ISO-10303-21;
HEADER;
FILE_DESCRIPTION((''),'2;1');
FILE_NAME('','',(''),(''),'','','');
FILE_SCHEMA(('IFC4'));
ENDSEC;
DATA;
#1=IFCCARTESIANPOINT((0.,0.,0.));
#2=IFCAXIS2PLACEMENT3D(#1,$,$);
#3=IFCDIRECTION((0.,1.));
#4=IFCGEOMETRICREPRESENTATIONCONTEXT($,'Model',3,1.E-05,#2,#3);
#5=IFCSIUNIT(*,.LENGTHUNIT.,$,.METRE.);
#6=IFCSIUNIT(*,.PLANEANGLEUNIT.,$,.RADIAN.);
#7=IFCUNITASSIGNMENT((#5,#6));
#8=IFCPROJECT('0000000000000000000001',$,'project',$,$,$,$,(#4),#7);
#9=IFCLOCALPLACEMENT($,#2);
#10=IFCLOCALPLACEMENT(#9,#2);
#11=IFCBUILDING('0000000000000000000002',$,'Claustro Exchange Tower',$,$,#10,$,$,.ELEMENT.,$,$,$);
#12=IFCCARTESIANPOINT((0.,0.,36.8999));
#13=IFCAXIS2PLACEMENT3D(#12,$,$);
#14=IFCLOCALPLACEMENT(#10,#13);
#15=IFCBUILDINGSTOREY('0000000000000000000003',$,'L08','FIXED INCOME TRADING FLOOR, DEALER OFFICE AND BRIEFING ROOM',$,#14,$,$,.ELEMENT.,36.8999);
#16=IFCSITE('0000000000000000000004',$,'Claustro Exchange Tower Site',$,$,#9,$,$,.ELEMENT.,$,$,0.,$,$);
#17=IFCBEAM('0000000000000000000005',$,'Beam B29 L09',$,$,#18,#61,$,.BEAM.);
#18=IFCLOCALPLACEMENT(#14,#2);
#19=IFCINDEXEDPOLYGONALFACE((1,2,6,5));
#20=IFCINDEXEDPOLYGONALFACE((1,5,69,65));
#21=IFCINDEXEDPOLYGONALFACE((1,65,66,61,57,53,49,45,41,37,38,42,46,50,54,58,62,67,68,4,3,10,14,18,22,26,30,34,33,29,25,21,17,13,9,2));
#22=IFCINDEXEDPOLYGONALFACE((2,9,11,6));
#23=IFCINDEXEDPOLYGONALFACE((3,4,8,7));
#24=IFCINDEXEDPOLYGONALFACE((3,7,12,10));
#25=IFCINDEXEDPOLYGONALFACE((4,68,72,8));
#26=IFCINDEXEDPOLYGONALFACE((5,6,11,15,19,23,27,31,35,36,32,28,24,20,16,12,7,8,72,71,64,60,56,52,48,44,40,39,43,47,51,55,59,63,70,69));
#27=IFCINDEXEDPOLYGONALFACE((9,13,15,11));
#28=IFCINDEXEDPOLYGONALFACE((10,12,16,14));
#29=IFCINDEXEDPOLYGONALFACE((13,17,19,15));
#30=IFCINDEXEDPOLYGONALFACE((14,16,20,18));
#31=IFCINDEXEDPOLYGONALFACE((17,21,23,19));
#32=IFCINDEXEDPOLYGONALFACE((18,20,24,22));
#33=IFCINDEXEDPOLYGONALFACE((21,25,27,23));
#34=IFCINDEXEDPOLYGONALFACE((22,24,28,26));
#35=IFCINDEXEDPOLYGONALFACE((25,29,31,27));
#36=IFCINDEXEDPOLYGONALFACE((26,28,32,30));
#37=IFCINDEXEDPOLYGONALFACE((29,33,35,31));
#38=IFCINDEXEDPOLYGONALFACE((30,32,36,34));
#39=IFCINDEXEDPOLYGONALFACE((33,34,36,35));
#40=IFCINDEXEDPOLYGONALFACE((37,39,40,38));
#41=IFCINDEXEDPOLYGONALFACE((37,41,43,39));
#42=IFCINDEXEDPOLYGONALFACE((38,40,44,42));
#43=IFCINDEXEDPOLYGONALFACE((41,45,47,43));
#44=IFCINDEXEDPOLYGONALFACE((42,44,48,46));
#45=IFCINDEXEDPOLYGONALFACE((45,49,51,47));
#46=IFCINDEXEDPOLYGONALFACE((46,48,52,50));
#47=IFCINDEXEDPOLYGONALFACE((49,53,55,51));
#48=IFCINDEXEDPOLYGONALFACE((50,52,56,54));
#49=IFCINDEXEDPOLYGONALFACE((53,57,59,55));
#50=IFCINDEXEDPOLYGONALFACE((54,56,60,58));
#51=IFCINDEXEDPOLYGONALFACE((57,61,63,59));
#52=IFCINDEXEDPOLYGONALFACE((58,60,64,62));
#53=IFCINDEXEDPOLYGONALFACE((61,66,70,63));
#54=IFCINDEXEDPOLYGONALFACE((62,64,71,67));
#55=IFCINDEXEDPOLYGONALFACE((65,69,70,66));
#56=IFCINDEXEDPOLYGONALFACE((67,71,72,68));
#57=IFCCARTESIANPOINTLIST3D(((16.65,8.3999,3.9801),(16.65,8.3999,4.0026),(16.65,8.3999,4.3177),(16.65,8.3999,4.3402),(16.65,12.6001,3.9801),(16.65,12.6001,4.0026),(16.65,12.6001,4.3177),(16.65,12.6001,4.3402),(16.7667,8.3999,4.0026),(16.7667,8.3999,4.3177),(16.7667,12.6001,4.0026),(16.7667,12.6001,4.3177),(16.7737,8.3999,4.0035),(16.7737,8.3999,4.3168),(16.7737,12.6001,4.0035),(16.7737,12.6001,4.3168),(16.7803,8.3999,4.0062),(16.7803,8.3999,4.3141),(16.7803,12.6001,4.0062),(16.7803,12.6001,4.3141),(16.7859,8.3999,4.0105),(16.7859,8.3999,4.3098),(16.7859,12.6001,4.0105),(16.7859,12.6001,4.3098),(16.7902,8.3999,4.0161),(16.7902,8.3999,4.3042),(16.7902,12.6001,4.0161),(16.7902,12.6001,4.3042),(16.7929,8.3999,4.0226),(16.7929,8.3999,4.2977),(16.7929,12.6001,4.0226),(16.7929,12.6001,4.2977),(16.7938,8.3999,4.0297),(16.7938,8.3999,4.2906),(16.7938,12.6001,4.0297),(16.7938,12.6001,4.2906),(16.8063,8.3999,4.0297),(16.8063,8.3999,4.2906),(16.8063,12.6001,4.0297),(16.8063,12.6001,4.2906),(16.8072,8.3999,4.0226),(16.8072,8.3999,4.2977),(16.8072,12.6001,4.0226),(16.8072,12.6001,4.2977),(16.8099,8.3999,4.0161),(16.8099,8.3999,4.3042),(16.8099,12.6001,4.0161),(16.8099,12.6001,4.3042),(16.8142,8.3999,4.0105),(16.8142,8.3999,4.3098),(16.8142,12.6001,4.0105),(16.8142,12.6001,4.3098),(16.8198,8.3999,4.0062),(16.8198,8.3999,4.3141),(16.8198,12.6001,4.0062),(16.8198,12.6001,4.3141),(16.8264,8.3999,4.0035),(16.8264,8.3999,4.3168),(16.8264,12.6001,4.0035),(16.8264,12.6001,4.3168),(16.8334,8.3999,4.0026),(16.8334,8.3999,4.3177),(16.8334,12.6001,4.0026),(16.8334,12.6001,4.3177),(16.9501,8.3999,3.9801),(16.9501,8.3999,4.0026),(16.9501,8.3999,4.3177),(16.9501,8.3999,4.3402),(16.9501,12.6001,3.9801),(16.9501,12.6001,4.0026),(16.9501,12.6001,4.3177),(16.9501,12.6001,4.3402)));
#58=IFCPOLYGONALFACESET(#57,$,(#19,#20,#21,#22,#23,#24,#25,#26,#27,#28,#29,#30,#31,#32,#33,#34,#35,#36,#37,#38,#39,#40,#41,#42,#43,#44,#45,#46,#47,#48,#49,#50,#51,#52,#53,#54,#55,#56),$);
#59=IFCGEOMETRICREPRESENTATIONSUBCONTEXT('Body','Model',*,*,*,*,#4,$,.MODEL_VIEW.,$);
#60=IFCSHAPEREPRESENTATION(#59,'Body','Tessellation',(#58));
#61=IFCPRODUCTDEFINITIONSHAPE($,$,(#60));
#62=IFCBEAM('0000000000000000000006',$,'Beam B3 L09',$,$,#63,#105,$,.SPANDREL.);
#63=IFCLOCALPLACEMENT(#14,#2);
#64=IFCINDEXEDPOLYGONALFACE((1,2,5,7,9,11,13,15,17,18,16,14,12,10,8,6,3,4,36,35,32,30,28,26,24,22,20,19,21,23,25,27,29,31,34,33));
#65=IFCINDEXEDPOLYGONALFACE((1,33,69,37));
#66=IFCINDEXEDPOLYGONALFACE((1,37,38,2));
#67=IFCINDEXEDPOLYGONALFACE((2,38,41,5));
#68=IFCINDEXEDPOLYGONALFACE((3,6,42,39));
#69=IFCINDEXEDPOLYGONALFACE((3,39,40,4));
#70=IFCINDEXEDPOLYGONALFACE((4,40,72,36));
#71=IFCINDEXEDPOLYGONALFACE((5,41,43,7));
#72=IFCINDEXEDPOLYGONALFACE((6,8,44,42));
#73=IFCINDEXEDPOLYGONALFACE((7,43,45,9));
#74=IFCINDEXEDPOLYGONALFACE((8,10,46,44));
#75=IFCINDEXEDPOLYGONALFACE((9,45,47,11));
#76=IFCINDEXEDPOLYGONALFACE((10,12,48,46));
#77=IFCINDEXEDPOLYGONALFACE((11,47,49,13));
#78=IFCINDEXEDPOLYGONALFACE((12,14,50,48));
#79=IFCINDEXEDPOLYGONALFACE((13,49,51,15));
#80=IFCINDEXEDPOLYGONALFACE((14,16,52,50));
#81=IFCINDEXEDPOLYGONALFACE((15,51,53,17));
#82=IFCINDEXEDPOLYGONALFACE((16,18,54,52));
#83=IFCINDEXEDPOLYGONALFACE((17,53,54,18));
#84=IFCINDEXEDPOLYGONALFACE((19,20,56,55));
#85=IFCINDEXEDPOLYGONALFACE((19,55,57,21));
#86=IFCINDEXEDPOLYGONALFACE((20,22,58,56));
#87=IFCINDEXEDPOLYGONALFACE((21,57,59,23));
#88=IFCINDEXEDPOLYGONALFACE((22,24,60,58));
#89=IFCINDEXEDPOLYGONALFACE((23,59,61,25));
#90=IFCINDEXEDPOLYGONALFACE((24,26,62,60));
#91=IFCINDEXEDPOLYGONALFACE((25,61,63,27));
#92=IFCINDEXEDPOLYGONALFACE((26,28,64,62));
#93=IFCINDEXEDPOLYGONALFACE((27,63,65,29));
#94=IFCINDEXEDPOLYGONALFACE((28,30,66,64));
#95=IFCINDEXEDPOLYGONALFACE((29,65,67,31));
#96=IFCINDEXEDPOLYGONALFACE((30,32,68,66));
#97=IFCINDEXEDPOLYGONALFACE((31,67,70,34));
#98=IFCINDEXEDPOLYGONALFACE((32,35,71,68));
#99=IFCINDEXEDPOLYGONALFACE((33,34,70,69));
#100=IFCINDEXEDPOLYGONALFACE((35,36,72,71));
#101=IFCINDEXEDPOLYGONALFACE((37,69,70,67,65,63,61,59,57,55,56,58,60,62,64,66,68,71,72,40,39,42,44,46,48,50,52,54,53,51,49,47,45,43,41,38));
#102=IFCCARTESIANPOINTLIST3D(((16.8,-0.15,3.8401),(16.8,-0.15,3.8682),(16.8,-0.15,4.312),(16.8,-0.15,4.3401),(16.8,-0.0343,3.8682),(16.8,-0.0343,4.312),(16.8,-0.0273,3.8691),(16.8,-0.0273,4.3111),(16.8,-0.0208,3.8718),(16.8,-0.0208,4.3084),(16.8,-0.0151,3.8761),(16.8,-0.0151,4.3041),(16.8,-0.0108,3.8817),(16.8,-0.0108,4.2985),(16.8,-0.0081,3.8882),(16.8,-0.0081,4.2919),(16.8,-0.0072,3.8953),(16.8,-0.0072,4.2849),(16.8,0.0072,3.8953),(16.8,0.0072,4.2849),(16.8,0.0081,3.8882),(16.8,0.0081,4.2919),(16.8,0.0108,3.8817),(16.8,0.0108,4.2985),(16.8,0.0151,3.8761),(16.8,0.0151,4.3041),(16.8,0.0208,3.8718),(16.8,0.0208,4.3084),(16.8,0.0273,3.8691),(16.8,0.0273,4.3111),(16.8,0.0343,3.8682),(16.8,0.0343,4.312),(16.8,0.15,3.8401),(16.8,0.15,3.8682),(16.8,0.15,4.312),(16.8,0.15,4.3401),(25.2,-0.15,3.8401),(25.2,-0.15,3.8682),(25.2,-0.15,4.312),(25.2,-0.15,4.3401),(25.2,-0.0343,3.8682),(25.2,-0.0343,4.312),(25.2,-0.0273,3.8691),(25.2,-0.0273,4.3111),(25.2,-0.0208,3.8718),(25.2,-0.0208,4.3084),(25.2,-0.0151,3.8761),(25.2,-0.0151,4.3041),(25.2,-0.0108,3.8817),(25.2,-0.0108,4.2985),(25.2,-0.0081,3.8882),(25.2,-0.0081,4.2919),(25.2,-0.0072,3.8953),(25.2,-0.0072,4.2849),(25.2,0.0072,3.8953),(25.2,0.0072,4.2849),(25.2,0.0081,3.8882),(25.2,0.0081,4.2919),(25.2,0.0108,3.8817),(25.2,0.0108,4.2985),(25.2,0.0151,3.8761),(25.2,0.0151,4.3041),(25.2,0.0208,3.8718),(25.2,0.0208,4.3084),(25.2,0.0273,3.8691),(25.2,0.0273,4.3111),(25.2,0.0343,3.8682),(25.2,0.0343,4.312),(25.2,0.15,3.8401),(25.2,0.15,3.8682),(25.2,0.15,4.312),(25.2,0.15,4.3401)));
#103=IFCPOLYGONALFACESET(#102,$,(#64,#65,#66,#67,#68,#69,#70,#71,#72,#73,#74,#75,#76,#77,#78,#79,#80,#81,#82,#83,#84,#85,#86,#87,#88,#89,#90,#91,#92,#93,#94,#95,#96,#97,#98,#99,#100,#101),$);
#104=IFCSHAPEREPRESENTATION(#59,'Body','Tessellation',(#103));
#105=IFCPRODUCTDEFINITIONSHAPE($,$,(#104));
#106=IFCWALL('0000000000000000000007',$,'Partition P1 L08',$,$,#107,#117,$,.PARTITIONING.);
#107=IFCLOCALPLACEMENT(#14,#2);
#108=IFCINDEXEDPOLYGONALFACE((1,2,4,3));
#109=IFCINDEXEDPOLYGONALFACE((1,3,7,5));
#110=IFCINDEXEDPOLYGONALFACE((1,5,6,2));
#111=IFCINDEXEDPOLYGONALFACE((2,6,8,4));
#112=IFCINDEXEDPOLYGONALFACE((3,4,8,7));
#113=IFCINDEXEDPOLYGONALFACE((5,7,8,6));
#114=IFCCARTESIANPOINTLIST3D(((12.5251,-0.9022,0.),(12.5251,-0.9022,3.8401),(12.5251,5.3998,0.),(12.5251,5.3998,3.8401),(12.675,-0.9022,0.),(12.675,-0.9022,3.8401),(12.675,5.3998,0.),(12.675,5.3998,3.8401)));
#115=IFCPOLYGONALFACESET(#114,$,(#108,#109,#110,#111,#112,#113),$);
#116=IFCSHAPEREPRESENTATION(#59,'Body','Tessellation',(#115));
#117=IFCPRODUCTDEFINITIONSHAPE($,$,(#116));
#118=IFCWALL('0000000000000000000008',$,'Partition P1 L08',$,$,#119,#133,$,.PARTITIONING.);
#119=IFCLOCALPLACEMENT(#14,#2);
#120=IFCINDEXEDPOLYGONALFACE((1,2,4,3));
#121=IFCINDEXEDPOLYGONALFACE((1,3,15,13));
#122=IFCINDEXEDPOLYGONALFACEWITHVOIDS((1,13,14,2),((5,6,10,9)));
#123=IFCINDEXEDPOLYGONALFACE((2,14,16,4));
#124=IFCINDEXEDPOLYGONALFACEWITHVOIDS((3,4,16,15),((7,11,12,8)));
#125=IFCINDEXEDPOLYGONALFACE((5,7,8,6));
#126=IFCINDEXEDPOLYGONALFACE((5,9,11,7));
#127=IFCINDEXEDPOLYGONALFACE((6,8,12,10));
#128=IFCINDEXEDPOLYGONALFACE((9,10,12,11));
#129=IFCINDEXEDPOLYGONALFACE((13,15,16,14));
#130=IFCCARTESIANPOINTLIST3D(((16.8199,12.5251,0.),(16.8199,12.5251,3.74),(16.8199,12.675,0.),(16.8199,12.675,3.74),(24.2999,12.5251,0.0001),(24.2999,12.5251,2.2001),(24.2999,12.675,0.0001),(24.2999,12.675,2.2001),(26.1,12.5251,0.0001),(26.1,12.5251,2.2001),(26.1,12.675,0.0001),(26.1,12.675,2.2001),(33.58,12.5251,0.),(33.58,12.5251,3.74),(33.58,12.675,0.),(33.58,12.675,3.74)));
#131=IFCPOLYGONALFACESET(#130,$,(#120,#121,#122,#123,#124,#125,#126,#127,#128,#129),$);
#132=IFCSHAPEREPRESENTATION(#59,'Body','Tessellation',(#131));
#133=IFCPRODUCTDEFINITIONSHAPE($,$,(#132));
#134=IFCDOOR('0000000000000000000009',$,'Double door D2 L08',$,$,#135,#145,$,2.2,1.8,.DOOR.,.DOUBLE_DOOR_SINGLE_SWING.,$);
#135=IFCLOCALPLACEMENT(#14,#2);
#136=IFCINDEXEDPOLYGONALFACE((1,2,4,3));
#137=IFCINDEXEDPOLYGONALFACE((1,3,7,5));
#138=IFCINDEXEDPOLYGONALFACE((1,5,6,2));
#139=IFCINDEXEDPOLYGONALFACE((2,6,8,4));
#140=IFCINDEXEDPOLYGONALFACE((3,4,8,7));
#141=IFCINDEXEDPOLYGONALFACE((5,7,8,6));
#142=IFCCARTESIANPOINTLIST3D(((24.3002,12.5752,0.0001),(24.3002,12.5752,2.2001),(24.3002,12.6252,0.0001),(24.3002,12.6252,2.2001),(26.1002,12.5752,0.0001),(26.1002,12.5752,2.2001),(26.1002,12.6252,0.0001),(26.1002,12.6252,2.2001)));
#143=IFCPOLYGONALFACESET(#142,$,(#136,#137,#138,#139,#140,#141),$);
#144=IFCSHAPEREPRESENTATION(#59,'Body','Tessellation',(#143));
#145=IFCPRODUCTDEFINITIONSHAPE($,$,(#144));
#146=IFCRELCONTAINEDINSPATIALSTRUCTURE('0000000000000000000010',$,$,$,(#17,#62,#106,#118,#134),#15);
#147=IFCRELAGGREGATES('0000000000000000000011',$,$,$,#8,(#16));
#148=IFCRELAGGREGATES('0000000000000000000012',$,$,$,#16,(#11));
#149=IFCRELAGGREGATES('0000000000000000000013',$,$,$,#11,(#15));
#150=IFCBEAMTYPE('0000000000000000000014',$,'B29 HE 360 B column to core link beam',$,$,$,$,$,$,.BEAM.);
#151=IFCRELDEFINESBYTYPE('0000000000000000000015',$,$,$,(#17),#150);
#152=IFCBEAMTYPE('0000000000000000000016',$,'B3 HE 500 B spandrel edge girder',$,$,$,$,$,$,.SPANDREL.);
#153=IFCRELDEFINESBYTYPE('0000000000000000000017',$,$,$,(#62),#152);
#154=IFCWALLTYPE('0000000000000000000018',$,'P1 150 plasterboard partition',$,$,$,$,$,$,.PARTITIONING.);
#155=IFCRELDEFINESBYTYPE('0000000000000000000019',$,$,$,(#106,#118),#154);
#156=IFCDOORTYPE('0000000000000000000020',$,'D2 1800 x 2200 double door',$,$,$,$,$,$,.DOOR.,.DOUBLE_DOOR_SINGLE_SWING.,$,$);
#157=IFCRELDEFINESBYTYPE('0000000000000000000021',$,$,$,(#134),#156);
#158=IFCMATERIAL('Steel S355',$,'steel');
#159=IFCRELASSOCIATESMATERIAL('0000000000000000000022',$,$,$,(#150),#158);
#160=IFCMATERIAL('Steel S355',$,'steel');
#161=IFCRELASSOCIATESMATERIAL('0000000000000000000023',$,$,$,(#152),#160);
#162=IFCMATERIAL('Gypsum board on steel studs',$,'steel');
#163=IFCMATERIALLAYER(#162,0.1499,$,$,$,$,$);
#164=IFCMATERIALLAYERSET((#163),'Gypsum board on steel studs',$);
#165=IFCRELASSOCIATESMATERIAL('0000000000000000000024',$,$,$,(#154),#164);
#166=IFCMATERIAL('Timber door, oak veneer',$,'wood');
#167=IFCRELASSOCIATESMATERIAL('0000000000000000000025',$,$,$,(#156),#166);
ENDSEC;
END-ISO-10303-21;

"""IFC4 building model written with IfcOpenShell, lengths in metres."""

from ifc_helpers import new_model, si_unit, direction, frame, frame_2d, origin, origin_2d, place, context, subcontext, project, spatial, rectangle, i_section, extrude, material, layer, layer_set, material_profile, profile_set, type_object, element, fill, save


model = new_model("IFC4")

# Units and contexts
model_context = context("Model", 3, precision=1e-05, world=origin(), true_north=direction((0.0, 1.0)))
body_context = subcontext(model_context, "Body", "Model", "MODEL_VIEW")
ifc_project = project(units=[si_unit("LENGTHUNIT", "METRE"), si_unit("PLANEANGLEUNIT", "RADIAN")], contexts=[model_context])

# Site, building, storey
site_placement = place(None, origin())
site = spatial("IfcSite", under=ifc_project, at=site_placement, Name="Claustro Exchange Tower Site", CompositionType="ELEMENT", RefElevation=0.0)
building_placement = place(site_placement, origin())
building = spatial("IfcBuilding", under=site, at=building_placement, Name="Claustro Exchange Tower", CompositionType="ELEMENT")
storey_placement = place(building_placement, frame((0.0, 0.0, 36.8999)))
storey = spatial("IfcBuildingStorey", under=building, at=storey_placement, Name="L08", Description="FIXED INCOME TRADING FLOOR, DEALER OFFICE AND BRIEFING ROOM", CompositionType="ELEMENT", Elevation=36.8999)

# Beams
ifc_material_1 = material(Name="Steel S355", Category="steel")
ifc_material_profile_1 = material_profile(ifc_material_1, i_section(OverallWidth=0.3, OverallDepth=0.3601, WebThickness=0.0125, FlangeThickness=0.0225, FilletRadius=0.0271, at=origin_2d()), Name="HE 360 B")
ifc_profile_set_1 = profile_set([ifc_material_profile_1], Name="Steel S355")
beam_type_1 = type_object("IfcBeamType", Name="B29 HE 360 B column to core link beam", PredefinedType="BEAM", material=ifc_profile_set_1)
beam_1_placement = place(storey_placement, frame((16.8, 8.3999, 4.1602), z_axis=(0.0, 1.0, 0.0), x_axis=(-1.0, 0.0, 0.0)))
element("IfcBeam", 1, at=beam_1_placement, inside=storey, type_object=beam_type_1, Name="Beam B29 L09", PredefinedType="BEAM", context=body_context, shape_type="SweptSolid", body=[
    extrude(i_section(OverallWidth=0.3, OverallDepth=0.3601, WebThickness=0.0125, FlangeThickness=0.0225, FilletRadius=0.0271, at=origin_2d()), origin(), (0.0, 0.0, 1.0), 4.2002),
])
ifc_material_2 = material(Name="Steel S355", Category="steel")
ifc_material_profile_2 = material_profile(ifc_material_2, i_section(OverallWidth=0.3, OverallDepth=0.5, WebThickness=0.0144, FlangeThickness=0.0281, FilletRadius=0.0271, at=origin_2d()), Name="HE 500 B")
ifc_profile_set_2 = profile_set([ifc_material_profile_2], Name="Steel S355")
beam_type_2 = type_object("IfcBeamType", Name="B3 HE 500 B spandrel edge girder", PredefinedType="SPANDREL", material=ifc_profile_set_2)
beam_2_placement = place(storey_placement, frame((16.8, 0.0, 4.0901), z_axis=(1.0, 0.0, 0.0), x_axis=(0.0, 1.0, 0.0)))
element("IfcBeam", 2, at=beam_2_placement, inside=storey, type_object=beam_type_2, Name="Beam B3 L09", PredefinedType="SPANDREL", context=body_context, shape_type="SweptSolid", body=[
    extrude(i_section(OverallWidth=0.3, OverallDepth=0.5, WebThickness=0.0144, FlangeThickness=0.0281, FilletRadius=0.0271, at=origin_2d()), origin(), (0.0, 0.0, 1.0), 8.3999),
])

# Wall
ifc_material_3 = material(Name="Gypsum board on steel studs", Category="steel")
ifc_layer_1 = layer(ifc_material_3, 0.1499)
ifc_layer_set_1 = layer_set([ifc_layer_1], Name="Gypsum board on steel studs")
wall_type_1 = type_object("IfcWallType", Name="P1 150 plasterboard partition", PredefinedType="PARTITIONING", material=ifc_layer_set_1)
wall_1_placement = place(storey_placement, frame((12.6001, -0.9021, 0.0), z_axis=(0.0, 0.0, 1.0), x_axis=(0.0, 1.0, 0.0)))
element("IfcWall", 3, at=wall_1_placement, inside=storey, type_object=wall_type_1, Name="Partition P1 L08", PredefinedType="PARTITIONING", context=body_context, shape_type="SweptSolid", body=[
    extrude(rectangle(XDim=6.302, YDim=0.1499, at=frame_2d((3.1509, 0.0))), origin(), (0.0, 0.0, 1.0), 3.8401),
])

# Wall, opening, door
wall_2_placement = place(storey_placement, frame((16.8201, 12.6001, 0.0), z_axis=(0.0, 0.0, 1.0), x_axis=(1.0, 0.0, 0.0)))
wall_2 = element("IfcWall", 4, at=wall_2_placement, inside=storey, type_object=wall_type_1, Name="Partition P1 L08", PredefinedType="PARTITIONING", context=body_context, shape_type="SweptSolid", body=[
    extrude(rectangle(XDim=16.76, YDim=0.1499, at=frame_2d((8.3799, 0.0))), origin(), (0.0, 0.0, 1.0), 3.74),
])
opening_1_placement = place(wall_2_placement, frame((7.48, 0.0, 0.0)))
opening_1 = element("IfcOpeningElement", 5, at=opening_1_placement, cuts=wall_2, PredefinedType="OPENING", context=body_context, shape_type="SweptSolid", body=[
    extrude(rectangle(XDim=1.8, YDim=2.2, at=frame_2d((0.8999, 1.1001))), frame((0.0, 0.085, 0.0), z_axis=(0.0, -1.0, 0.0), x_axis=(1.0, 0.0, 0.0)), (0.0, 0.0, 1.0), 0.1699),
])
ifc_material_4 = material(Name="Timber door, oak veneer", Category="wood")
door_type_1 = type_object("IfcDoorType", Name="D2 1800 x 2200 double door", OperationType="DOUBLE_DOOR_SINGLE_SWING", PredefinedType="DOOR", material=ifc_material_4)
door_1_placement = place(opening_1_placement, frame((1.8, 0.0, 0.0), z_axis=(0.0, 0.0, 1.0), x_axis=(-1.0, 0.0, 0.0)))
door_1 = element("IfcDoor", 6, at=door_1_placement, inside=storey, type_object=door_type_1, Name="Double door D2 L08", OperationType="DOUBLE_DOOR_SINGLE_SWING", OverallHeight=2.2, OverallWidth=1.8, PredefinedType="DOOR", context=body_context, shape_type="SweptSolid", body=[
    extrude(rectangle(XDim=1.8, YDim=2.2, at=frame_2d((0.8999, 1.1001))), frame((0.0, 0.0249, 0.0), z_axis=(0.0, -1.0, 0.0), x_axis=(1.0, 0.0, 0.0)), (0.0, 0.0, 1.0), 0.05),
])
fill(opening_1, door_1)

save(model, "model.ifc")
